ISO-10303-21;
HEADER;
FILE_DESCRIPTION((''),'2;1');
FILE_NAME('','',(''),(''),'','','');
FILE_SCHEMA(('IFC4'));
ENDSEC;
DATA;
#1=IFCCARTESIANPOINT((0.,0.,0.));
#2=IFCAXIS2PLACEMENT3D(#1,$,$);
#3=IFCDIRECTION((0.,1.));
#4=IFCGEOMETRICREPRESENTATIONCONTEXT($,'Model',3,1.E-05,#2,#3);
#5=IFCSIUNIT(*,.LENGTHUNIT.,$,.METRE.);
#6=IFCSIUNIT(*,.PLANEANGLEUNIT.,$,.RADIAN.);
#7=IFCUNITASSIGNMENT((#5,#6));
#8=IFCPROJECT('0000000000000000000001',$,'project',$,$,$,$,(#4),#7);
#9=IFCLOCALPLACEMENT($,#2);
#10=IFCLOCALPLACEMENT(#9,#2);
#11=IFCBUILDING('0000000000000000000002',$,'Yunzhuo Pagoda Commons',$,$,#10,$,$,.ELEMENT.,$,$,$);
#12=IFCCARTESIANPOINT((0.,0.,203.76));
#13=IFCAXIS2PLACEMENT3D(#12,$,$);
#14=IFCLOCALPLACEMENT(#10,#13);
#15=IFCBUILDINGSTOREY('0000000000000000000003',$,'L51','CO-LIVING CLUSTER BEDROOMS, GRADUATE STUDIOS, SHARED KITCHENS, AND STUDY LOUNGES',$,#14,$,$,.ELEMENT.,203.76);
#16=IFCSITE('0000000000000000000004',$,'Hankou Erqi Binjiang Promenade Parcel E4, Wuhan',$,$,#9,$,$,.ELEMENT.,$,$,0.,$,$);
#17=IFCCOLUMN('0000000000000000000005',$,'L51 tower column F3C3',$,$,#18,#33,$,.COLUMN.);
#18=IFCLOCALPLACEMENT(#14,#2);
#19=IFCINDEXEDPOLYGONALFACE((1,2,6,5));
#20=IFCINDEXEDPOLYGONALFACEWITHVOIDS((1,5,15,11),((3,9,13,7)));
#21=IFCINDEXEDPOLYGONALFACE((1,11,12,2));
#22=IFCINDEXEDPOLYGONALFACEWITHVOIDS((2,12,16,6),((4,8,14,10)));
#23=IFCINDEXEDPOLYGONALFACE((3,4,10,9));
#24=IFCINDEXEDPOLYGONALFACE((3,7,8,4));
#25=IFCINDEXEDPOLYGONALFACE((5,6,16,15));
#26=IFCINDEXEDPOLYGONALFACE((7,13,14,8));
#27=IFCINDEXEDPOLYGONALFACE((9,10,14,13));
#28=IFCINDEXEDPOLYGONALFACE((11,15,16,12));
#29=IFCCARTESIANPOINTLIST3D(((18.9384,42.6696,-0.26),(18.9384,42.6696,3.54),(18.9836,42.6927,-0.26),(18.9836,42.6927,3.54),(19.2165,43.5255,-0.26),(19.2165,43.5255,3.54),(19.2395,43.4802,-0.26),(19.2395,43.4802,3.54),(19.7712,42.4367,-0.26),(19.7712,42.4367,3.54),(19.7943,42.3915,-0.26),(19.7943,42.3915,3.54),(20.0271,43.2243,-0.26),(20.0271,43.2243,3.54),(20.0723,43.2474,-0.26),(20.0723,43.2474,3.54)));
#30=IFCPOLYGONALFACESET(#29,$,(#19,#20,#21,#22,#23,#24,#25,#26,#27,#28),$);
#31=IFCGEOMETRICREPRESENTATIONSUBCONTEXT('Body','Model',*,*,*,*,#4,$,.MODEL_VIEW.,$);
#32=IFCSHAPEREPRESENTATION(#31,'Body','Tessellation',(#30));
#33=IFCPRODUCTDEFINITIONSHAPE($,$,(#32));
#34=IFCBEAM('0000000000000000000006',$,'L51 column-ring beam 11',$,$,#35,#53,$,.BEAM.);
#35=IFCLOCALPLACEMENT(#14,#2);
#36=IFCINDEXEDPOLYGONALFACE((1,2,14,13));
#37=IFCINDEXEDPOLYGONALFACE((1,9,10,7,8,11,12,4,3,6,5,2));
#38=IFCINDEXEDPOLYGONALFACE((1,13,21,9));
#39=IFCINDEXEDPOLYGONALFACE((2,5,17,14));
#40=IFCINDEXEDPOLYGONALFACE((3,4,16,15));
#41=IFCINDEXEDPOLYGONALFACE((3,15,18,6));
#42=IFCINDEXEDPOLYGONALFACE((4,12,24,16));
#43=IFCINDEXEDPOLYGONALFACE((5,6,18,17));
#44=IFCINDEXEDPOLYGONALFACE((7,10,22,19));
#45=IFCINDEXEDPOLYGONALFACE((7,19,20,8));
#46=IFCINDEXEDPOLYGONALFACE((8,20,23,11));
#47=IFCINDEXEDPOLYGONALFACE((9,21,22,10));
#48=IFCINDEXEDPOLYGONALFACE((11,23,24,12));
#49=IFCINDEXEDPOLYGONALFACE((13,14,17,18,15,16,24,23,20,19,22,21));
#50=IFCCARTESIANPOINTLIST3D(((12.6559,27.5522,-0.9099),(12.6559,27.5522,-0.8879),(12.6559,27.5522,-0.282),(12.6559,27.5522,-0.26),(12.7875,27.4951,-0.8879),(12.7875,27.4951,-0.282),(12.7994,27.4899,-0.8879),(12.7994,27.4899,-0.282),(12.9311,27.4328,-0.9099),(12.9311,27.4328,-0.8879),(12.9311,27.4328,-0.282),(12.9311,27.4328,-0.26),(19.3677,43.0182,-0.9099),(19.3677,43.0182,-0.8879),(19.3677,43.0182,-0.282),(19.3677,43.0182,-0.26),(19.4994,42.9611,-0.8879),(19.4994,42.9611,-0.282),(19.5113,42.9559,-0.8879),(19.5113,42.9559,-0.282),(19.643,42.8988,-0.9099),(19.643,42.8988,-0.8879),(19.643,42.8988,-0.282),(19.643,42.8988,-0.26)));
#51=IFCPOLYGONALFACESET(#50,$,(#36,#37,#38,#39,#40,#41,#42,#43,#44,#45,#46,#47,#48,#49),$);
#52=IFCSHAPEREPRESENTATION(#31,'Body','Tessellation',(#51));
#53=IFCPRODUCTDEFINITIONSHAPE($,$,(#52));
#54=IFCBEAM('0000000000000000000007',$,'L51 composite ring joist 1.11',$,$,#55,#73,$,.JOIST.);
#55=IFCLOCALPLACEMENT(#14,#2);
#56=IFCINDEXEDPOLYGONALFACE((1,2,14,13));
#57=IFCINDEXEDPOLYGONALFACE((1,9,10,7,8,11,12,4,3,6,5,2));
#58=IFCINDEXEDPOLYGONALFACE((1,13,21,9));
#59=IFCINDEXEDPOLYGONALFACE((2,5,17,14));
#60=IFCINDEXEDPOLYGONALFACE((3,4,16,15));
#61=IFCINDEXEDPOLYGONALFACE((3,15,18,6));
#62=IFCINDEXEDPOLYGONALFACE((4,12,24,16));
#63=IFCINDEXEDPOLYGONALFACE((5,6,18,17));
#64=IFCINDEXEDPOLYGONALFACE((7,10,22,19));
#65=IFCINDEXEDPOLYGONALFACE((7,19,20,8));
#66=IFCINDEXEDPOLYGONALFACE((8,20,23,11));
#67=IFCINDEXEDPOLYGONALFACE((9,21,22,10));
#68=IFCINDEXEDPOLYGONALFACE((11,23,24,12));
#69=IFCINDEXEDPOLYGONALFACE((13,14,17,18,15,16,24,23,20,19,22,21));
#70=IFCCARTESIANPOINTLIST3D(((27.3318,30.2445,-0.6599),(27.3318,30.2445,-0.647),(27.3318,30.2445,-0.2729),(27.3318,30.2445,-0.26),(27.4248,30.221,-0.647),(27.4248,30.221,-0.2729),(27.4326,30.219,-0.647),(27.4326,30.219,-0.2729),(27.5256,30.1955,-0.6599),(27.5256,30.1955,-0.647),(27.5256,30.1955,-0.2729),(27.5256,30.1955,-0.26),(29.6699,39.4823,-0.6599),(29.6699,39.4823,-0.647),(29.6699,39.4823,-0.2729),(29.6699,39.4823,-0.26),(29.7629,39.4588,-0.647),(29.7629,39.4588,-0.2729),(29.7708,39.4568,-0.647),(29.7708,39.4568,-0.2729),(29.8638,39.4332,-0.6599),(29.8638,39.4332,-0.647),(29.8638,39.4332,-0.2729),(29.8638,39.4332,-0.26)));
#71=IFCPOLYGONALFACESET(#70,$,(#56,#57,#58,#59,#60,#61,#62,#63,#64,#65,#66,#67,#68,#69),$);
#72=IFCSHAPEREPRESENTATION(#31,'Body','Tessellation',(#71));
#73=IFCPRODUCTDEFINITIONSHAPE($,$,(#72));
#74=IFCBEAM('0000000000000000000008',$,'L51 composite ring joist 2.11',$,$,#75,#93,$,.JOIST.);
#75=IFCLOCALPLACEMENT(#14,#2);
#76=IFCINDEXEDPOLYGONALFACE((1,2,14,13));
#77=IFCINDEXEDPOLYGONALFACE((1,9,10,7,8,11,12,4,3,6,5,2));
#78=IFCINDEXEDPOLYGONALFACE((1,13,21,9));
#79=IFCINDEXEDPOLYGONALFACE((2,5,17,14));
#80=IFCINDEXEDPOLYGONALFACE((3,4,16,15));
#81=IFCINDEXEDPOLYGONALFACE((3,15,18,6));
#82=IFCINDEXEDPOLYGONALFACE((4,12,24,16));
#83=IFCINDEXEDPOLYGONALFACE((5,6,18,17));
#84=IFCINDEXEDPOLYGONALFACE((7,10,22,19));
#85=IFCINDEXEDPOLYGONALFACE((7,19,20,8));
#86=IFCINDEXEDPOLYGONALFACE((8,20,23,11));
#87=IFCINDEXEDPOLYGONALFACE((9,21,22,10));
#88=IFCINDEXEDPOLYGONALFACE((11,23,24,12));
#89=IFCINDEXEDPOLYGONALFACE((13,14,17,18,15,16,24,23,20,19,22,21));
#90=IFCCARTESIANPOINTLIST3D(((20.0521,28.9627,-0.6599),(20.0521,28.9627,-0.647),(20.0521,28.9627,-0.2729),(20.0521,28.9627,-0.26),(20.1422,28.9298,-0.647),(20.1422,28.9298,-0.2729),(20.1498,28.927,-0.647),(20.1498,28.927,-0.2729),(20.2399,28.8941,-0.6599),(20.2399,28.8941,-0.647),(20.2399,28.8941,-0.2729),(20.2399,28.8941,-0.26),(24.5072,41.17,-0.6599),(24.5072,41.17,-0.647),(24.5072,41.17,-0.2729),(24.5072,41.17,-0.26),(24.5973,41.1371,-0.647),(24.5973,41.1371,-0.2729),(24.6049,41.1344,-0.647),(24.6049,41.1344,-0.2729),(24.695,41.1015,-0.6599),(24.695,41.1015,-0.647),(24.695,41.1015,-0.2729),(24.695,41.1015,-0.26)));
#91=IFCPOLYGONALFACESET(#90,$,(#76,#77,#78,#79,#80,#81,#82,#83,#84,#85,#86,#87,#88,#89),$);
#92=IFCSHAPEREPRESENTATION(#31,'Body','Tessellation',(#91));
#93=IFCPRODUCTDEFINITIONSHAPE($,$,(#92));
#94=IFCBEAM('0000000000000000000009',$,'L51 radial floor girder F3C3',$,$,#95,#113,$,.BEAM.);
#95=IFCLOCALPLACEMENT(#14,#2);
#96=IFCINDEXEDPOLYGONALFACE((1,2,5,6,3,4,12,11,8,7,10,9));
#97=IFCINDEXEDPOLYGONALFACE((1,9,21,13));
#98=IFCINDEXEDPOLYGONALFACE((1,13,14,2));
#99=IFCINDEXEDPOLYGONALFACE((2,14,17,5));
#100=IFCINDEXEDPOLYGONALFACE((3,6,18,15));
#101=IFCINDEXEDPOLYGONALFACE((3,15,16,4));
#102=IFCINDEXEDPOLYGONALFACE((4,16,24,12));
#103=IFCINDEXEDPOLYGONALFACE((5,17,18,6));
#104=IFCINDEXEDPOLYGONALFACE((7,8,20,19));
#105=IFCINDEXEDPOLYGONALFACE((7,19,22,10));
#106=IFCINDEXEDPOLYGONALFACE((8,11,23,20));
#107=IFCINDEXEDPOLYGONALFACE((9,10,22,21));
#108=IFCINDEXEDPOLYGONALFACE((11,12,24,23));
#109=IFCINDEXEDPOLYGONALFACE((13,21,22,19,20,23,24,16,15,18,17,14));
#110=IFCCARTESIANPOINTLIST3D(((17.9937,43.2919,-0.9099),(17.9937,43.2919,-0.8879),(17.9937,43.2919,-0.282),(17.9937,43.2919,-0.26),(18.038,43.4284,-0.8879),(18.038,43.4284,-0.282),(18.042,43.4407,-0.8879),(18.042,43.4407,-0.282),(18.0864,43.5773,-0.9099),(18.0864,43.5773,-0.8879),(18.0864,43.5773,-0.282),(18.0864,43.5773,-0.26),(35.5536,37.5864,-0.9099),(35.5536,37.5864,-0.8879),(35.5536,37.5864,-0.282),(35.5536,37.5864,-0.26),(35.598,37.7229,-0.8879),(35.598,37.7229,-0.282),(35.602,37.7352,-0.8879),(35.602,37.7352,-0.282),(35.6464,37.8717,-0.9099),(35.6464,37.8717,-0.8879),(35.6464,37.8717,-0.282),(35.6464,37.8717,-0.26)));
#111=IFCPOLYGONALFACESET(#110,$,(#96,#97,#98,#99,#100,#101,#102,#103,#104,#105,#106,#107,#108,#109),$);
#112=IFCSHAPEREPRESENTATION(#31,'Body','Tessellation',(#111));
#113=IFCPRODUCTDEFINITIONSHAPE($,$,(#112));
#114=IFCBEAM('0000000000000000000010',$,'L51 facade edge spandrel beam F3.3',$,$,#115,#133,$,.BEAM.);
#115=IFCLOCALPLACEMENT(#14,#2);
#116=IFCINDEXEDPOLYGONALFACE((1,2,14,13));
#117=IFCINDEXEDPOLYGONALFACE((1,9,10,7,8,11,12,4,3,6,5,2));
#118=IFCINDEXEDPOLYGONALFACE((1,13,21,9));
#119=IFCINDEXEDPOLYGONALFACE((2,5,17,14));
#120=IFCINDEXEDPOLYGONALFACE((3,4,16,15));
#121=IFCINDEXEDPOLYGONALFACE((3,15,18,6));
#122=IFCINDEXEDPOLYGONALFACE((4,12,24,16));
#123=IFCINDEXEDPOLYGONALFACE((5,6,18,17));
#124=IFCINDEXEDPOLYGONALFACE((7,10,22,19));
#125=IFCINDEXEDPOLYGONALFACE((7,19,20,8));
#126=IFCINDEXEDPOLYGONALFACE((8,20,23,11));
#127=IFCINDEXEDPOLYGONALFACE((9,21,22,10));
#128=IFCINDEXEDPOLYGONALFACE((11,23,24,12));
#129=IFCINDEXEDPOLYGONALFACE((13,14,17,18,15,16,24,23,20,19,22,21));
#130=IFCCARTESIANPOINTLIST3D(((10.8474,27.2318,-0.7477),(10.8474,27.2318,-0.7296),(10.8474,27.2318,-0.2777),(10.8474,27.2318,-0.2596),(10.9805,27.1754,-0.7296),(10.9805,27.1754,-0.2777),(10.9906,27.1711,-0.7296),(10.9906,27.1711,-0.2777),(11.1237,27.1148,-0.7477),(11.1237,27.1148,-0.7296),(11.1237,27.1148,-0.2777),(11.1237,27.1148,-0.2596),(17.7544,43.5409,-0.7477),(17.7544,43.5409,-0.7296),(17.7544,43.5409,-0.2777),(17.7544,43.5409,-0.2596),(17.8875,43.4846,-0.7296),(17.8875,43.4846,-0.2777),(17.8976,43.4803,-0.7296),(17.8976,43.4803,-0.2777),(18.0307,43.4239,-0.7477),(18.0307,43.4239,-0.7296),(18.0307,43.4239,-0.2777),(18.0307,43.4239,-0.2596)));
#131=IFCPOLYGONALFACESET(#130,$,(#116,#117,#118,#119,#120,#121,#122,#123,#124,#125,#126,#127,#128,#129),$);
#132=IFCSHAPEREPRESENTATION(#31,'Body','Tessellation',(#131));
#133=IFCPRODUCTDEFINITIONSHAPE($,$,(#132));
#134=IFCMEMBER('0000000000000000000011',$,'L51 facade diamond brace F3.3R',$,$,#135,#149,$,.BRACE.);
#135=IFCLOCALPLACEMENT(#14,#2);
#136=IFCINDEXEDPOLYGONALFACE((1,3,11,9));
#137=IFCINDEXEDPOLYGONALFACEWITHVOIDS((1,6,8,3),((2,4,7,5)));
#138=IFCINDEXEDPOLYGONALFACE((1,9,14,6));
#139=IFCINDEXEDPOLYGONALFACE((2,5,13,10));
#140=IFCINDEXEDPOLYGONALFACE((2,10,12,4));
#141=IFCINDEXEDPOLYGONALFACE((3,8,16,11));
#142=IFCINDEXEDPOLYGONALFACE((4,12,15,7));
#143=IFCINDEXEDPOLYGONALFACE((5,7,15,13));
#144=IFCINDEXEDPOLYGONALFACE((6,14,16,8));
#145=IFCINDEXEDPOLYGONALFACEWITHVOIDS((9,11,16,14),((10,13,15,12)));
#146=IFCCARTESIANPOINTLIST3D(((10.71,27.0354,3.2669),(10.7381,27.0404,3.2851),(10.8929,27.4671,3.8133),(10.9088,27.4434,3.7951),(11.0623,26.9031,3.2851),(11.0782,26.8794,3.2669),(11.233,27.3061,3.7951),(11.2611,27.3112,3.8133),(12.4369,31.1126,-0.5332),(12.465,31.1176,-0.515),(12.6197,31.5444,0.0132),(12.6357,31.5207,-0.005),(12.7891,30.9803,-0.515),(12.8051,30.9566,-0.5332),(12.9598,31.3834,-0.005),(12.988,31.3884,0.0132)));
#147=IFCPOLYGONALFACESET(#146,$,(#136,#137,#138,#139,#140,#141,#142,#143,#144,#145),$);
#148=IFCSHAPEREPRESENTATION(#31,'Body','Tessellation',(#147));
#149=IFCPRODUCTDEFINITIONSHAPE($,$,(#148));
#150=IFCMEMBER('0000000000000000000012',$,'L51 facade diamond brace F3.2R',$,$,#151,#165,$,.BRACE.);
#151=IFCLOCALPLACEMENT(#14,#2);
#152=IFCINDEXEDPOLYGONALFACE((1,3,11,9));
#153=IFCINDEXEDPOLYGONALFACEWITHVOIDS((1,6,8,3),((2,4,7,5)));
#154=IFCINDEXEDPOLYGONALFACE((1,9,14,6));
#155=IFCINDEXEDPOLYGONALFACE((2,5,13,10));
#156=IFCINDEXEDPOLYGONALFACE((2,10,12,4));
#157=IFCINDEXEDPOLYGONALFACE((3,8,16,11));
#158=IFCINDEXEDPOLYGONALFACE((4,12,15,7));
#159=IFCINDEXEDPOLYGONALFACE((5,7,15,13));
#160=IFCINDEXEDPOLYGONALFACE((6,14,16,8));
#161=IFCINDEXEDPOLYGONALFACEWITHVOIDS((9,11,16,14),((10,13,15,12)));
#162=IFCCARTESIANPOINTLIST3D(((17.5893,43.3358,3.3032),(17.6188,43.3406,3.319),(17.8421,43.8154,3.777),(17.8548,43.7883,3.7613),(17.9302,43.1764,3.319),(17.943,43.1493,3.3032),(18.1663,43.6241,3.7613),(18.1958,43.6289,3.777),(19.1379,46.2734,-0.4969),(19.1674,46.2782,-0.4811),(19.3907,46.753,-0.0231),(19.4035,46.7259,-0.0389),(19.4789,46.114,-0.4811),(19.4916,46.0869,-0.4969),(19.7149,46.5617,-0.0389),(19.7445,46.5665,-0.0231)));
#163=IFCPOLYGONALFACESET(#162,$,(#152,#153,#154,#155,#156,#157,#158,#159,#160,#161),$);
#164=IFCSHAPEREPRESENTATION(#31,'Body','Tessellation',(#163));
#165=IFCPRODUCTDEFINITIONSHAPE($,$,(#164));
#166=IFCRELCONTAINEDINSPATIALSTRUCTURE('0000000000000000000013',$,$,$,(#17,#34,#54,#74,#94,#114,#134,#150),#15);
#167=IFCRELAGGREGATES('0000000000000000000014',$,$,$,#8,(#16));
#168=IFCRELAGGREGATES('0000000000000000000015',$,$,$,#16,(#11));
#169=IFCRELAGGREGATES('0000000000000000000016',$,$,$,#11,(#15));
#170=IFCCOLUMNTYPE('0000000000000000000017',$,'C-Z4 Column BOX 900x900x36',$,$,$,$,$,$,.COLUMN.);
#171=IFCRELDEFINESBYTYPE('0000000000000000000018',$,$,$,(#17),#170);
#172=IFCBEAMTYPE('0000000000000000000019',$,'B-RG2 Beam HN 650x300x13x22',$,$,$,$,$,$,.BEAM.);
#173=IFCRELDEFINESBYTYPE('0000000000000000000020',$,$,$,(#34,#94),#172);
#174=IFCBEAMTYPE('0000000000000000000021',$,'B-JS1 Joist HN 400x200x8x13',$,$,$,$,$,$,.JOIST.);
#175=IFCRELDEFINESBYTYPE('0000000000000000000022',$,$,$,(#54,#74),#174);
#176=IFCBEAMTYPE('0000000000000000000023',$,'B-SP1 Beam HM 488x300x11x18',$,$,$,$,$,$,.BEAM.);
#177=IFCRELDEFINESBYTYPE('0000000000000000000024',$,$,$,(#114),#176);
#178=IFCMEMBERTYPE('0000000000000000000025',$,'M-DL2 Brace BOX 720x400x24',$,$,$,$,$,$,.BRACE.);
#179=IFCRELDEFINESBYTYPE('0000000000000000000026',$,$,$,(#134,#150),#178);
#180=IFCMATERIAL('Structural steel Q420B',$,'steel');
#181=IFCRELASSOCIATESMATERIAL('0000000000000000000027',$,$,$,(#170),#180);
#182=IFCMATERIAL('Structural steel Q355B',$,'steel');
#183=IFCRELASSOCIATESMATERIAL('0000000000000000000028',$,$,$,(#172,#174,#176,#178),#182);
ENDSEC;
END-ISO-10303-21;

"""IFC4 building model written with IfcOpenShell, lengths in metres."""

from ifc_helpers import new_model, si_unit, direction, frame, origin, origin_2d, place, context, subcontext, project, spatial, hollow_rectangle, i_section, extrude, source, transform, mapped, material, material_profile, profile_set, type_object, element, save


model = new_model("IFC4")

# Units and contexts
model_context = context("Model", 3, precision=1e-05, world=origin(), true_north=direction((0.0, 1.0)))
body_context = subcontext(model_context, "Body", "Model", "MODEL_VIEW")
ifc_project = project(units=[si_unit("LENGTHUNIT", "METRE"), si_unit("PLANEANGLEUNIT", "RADIAN")], contexts=[model_context])

# Site, building, storey
site_placement = place(None, origin())
site = spatial("IfcSite", under=ifc_project, at=site_placement, Name="Hankou Erqi Binjiang Promenade Parcel E4, Wuhan", CompositionType="ELEMENT", RefElevation=0.0)
building_placement = place(site_placement, origin())
building = spatial("IfcBuilding", under=site, at=building_placement, Name="Yunzhuo Pagoda Commons", CompositionType="ELEMENT")
storey_placement = place(building_placement, frame((0.0, 0.0, 203.76)))
storey = spatial("IfcBuildingStorey", under=building, at=storey_placement, Name="L51", Description="CO-LIVING CLUSTER BEDROOMS, GRADUATE STUDIOS, SHARED KITCHENS, AND STUDY LOUNGES", CompositionType="ELEMENT", Elevation=203.76)

# Column
ifc_material_1 = material(Name="Structural steel Q420B", Category="steel")
ifc_material_profile_1 = material_profile(ifc_material_1, hollow_rectangle(XDim=0.8999, YDim=0.8999, WallThickness=0.0359, at=origin_2d()), Name="Structural steel Q420B")
ifc_profile_set_1 = profile_set([ifc_material_profile_1], Name="Structural steel Q420B")
column_type = type_object("IfcColumnType", Name="C-Z4 Column BOX 900x900x36", PredefinedType="COLUMN", material=ifc_profile_set_1)
shared_shape_1 = source(origin(), body_context, "Body", "SweptSolid", [
    extrude(hollow_rectangle(XDim=0.8999, YDim=0.8999, WallThickness=0.0359, at=origin_2d()), origin(), (0.0, 0.0, 1.0), 3.8),
])
column_placement = place(storey_placement, frame((19.5054, 42.9585, -0.26), z_axis=(0.0, 0.0, 1.0), x_axis=(-0.309017, -0.951057, 0.0)))
element("IfcColumn", 1, at=column_placement, inside=storey, type_object=column_type, Name="L51 tower column F3C3", PredefinedType="COLUMN", context=body_context, shape_type="MappedRepresentation", body=[
    mapped(shared_shape_1, transform((0.0, 0.0, 0.0), scale=1.0)),
])

# Beams
ifc_material_2 = material(Name="Structural steel Q355B", Category="steel")
ifc_material_profile_2 = material_profile(ifc_material_2, i_section(OverallWidth=0.3, OverallDepth=0.6499, WebThickness=0.0129, FlangeThickness=0.022, at=origin_2d()), Name="Structural steel Q355B")
ifc_profile_set_2 = profile_set([ifc_material_profile_2], Name="Structural steel Q355B")
beam_type_1 = type_object("IfcBeamType", Name="B-RG2 Beam HN 650x300x13x22", PredefinedType="BEAM", material=ifc_profile_set_2)
shared_shape_2 = source(origin(), body_context, "Body", "SweptSolid", [
    extrude(i_section(OverallWidth=0.3, OverallDepth=0.6499, WebThickness=0.0129, FlangeThickness=0.022, at=origin_2d()), origin(), (0.0, 0.0, 1.0), 16.8596),
])
beam_1_placement = place(storey_placement, frame((19.5054, 42.9585, -0.585), z_axis=(-0.398104, -0.91734, 0.0), x_axis=(0.91734, -0.398104, 0.0)))
element("IfcBeam", 2, at=beam_1_placement, inside=storey, type_object=beam_type_1, Name="L51 column-ring beam 11", PredefinedType="BEAM", context=body_context, shape_type="MappedRepresentation", body=[
    mapped(shared_shape_2, transform((0.0, 0.0, 0.0), scale=1.0)),
])
ifc_material_profile_3 = material_profile(ifc_material_2, i_section(OverallWidth=0.2, OverallDepth=0.3999, WebThickness=0.0081, FlangeThickness=0.0129, at=origin_2d()), Name="Structural steel Q355B")
ifc_profile_set_3 = profile_set([ifc_material_profile_3], Name="Structural steel Q355B")
beam_type_2 = type_object("IfcBeamType", Name="B-JS1 Joist HN 400x200x8x13", PredefinedType="JOIST", material=ifc_profile_set_3)
shared_shape_3 = source(origin(), body_context, "Body", "SweptSolid", [
    extrude(i_section(OverallWidth=0.2, OverallDepth=0.3999, WebThickness=0.0081, FlangeThickness=0.0129, at=origin_2d()), origin(), (0.0, 0.0, 1.0), 9.5291),
])
beam_2_placement = place(storey_placement, frame((29.7668, 39.4578, -0.46), z_axis=(-0.245368, -0.96943, 0.0), x_axis=(0.96943, -0.245368, 0.0)))
element("IfcBeam", 3, at=beam_2_placement, inside=storey, type_object=beam_type_2, Name="L51 composite ring joist 1.11", PredefinedType="JOIST", context=body_context, shape_type="MappedRepresentation", body=[
    mapped(shared_shape_3, transform((0.0, 0.0, 0.0), scale=1.0)),
])
shared_shape_4 = source(origin(), body_context, "Body", "SweptSolid", [
    extrude(i_section(OverallWidth=0.2, OverallDepth=0.3999, WebThickness=0.0081, FlangeThickness=0.0129, at=origin_2d()), origin(), (0.0, 0.0, 1.0), 12.9949),
])
beam_3_placement = place(storey_placement, frame((24.6011, 41.1357, -0.46), z_axis=(-0.342835, -0.939396, 0.0), x_axis=(0.939396, -0.342835, 0.0)))
element("IfcBeam", 4, at=beam_3_placement, inside=storey, type_object=beam_type_2, Name="L51 composite ring joist 2.11", PredefinedType="JOIST", context=body_context, shape_type="MappedRepresentation", body=[
    mapped(shared_shape_4, transform((0.0, 0.0, 0.0), scale=1.0)),
])
shared_shape_5 = source(origin(), body_context, "Body", "SweptSolid", [
    extrude(i_section(OverallWidth=0.3, OverallDepth=0.6499, WebThickness=0.0129, FlangeThickness=0.022, at=origin_2d()), origin(), (0.0, 0.0, 1.0), 18.4636),
])
beam_4_placement = place(storey_placement, frame((18.04, 43.4346, -0.585), z_axis=(0.951057, -0.309015, 0.0), x_axis=(0.309015, 0.951057, 0.0)))
element("IfcBeam", 5, at=beam_4_placement, inside=storey, type_object=beam_type_1, Name="L51 radial floor girder F3C3", PredefinedType="BEAM", context=body_context, shape_type="MappedRepresentation", body=[
    mapped(shared_shape_5, transform((0.0, 0.0, 0.0), scale=1.0)),
])
ifc_material_profile_4 = material_profile(ifc_material_2, i_section(OverallWidth=0.3, OverallDepth=0.488, WebThickness=0.011, FlangeThickness=0.0181, at=origin_2d()), Name="Structural steel Q355B")
ifc_profile_set_4 = profile_set([ifc_material_profile_4], Name="Structural steel Q355B")
beam_type_3 = type_object("IfcBeamType", Name="B-SP1 Beam HM 488x300x11x18", PredefinedType="BEAM", material=ifc_profile_set_4)
shared_shape_6 = source(origin(), body_context, "Body", "SweptSolid", [
    extrude(i_section(OverallWidth=0.3, OverallDepth=0.488, WebThickness=0.011, FlangeThickness=0.0181, at=origin_2d()), origin(), (0.0, 0.0, 1.0), 17.7114),
])
beam_5_placement = place(storey_placement, frame((17.8926, 43.4824, -0.5037), z_axis=(-0.389975, -0.920826, 0.0), x_axis=(0.920826, -0.389975, 0.0)))
element("IfcBeam", 6, at=beam_5_placement, inside=storey, type_object=beam_type_3, Name="L51 facade edge spandrel beam F3.3", PredefinedType="BEAM", context=body_context, shape_type="MappedRepresentation", body=[
    mapped(shared_shape_6, transform((0.0, 0.0, 0.0), scale=1.0)),
])

# Members
ifc_material_profile_5 = material_profile(ifc_material_2, hollow_rectangle(XDim=0.3999, YDim=0.72, WallThickness=0.0239, at=origin_2d()), Name="Structural steel Q355B")
ifc_profile_set_5 = profile_set([ifc_material_profile_5], Name="Structural steel Q355B")
member_type_1 = type_object("IfcMemberType", Name="M-DL2 Brace BOX 720x400x24", PredefinedType="BRACE", material=ifc_profile_set_5)
shared_shape_7 = source(origin(), body_context, "Body", "SweptSolid", [
    extrude(hollow_rectangle(XDim=0.3999, YDim=0.72, WallThickness=0.0239, at=origin_2d()), origin(), (0.0, 0.0, 1.0), 5.835),
])
member_1_placement = place(storey_placement, frame((12.7124, 31.2505, -0.26), z_axis=(-0.295947, -0.698759, 0.651269), x_axis=(0.920817, -0.389996, 0.0)))
element("IfcMember", 7, at=member_1_placement, inside=storey, type_object=member_type_1, Name="L51 facade diamond brace F3.3R", PredefinedType="BRACE", context=body_context, shape_type="MappedRepresentation", body=[
    mapped(shared_shape_7, transform((0.0, 0.0, 0.0), scale=1.0)),
])
shared_shape_8 = source(origin(), body_context, "Body", "SweptSolid", [
    extrude(hollow_rectangle(XDim=0.3999, YDim=0.72, WallThickness=0.0239, at=origin_2d()), origin(), (0.0, 0.0, 1.0), 5.0466),
])
member_2_placement = place(storey_placement, frame((19.4412, 46.4199, -0.26), z_axis=(-0.306862, -0.582084, 0.753003), x_axis=(0.884604, -0.466343, 0.0)))
element("IfcMember", 8, at=member_2_placement, inside=storey, type_object=member_type_1, Name="L51 facade diamond brace F3.2R", PredefinedType="BRACE", context=body_context, shape_type="MappedRepresentation", body=[
    mapped(shared_shape_8, transform((0.0, 0.0, 0.0), scale=1.0)),
])

save(model, "model.ifc")
